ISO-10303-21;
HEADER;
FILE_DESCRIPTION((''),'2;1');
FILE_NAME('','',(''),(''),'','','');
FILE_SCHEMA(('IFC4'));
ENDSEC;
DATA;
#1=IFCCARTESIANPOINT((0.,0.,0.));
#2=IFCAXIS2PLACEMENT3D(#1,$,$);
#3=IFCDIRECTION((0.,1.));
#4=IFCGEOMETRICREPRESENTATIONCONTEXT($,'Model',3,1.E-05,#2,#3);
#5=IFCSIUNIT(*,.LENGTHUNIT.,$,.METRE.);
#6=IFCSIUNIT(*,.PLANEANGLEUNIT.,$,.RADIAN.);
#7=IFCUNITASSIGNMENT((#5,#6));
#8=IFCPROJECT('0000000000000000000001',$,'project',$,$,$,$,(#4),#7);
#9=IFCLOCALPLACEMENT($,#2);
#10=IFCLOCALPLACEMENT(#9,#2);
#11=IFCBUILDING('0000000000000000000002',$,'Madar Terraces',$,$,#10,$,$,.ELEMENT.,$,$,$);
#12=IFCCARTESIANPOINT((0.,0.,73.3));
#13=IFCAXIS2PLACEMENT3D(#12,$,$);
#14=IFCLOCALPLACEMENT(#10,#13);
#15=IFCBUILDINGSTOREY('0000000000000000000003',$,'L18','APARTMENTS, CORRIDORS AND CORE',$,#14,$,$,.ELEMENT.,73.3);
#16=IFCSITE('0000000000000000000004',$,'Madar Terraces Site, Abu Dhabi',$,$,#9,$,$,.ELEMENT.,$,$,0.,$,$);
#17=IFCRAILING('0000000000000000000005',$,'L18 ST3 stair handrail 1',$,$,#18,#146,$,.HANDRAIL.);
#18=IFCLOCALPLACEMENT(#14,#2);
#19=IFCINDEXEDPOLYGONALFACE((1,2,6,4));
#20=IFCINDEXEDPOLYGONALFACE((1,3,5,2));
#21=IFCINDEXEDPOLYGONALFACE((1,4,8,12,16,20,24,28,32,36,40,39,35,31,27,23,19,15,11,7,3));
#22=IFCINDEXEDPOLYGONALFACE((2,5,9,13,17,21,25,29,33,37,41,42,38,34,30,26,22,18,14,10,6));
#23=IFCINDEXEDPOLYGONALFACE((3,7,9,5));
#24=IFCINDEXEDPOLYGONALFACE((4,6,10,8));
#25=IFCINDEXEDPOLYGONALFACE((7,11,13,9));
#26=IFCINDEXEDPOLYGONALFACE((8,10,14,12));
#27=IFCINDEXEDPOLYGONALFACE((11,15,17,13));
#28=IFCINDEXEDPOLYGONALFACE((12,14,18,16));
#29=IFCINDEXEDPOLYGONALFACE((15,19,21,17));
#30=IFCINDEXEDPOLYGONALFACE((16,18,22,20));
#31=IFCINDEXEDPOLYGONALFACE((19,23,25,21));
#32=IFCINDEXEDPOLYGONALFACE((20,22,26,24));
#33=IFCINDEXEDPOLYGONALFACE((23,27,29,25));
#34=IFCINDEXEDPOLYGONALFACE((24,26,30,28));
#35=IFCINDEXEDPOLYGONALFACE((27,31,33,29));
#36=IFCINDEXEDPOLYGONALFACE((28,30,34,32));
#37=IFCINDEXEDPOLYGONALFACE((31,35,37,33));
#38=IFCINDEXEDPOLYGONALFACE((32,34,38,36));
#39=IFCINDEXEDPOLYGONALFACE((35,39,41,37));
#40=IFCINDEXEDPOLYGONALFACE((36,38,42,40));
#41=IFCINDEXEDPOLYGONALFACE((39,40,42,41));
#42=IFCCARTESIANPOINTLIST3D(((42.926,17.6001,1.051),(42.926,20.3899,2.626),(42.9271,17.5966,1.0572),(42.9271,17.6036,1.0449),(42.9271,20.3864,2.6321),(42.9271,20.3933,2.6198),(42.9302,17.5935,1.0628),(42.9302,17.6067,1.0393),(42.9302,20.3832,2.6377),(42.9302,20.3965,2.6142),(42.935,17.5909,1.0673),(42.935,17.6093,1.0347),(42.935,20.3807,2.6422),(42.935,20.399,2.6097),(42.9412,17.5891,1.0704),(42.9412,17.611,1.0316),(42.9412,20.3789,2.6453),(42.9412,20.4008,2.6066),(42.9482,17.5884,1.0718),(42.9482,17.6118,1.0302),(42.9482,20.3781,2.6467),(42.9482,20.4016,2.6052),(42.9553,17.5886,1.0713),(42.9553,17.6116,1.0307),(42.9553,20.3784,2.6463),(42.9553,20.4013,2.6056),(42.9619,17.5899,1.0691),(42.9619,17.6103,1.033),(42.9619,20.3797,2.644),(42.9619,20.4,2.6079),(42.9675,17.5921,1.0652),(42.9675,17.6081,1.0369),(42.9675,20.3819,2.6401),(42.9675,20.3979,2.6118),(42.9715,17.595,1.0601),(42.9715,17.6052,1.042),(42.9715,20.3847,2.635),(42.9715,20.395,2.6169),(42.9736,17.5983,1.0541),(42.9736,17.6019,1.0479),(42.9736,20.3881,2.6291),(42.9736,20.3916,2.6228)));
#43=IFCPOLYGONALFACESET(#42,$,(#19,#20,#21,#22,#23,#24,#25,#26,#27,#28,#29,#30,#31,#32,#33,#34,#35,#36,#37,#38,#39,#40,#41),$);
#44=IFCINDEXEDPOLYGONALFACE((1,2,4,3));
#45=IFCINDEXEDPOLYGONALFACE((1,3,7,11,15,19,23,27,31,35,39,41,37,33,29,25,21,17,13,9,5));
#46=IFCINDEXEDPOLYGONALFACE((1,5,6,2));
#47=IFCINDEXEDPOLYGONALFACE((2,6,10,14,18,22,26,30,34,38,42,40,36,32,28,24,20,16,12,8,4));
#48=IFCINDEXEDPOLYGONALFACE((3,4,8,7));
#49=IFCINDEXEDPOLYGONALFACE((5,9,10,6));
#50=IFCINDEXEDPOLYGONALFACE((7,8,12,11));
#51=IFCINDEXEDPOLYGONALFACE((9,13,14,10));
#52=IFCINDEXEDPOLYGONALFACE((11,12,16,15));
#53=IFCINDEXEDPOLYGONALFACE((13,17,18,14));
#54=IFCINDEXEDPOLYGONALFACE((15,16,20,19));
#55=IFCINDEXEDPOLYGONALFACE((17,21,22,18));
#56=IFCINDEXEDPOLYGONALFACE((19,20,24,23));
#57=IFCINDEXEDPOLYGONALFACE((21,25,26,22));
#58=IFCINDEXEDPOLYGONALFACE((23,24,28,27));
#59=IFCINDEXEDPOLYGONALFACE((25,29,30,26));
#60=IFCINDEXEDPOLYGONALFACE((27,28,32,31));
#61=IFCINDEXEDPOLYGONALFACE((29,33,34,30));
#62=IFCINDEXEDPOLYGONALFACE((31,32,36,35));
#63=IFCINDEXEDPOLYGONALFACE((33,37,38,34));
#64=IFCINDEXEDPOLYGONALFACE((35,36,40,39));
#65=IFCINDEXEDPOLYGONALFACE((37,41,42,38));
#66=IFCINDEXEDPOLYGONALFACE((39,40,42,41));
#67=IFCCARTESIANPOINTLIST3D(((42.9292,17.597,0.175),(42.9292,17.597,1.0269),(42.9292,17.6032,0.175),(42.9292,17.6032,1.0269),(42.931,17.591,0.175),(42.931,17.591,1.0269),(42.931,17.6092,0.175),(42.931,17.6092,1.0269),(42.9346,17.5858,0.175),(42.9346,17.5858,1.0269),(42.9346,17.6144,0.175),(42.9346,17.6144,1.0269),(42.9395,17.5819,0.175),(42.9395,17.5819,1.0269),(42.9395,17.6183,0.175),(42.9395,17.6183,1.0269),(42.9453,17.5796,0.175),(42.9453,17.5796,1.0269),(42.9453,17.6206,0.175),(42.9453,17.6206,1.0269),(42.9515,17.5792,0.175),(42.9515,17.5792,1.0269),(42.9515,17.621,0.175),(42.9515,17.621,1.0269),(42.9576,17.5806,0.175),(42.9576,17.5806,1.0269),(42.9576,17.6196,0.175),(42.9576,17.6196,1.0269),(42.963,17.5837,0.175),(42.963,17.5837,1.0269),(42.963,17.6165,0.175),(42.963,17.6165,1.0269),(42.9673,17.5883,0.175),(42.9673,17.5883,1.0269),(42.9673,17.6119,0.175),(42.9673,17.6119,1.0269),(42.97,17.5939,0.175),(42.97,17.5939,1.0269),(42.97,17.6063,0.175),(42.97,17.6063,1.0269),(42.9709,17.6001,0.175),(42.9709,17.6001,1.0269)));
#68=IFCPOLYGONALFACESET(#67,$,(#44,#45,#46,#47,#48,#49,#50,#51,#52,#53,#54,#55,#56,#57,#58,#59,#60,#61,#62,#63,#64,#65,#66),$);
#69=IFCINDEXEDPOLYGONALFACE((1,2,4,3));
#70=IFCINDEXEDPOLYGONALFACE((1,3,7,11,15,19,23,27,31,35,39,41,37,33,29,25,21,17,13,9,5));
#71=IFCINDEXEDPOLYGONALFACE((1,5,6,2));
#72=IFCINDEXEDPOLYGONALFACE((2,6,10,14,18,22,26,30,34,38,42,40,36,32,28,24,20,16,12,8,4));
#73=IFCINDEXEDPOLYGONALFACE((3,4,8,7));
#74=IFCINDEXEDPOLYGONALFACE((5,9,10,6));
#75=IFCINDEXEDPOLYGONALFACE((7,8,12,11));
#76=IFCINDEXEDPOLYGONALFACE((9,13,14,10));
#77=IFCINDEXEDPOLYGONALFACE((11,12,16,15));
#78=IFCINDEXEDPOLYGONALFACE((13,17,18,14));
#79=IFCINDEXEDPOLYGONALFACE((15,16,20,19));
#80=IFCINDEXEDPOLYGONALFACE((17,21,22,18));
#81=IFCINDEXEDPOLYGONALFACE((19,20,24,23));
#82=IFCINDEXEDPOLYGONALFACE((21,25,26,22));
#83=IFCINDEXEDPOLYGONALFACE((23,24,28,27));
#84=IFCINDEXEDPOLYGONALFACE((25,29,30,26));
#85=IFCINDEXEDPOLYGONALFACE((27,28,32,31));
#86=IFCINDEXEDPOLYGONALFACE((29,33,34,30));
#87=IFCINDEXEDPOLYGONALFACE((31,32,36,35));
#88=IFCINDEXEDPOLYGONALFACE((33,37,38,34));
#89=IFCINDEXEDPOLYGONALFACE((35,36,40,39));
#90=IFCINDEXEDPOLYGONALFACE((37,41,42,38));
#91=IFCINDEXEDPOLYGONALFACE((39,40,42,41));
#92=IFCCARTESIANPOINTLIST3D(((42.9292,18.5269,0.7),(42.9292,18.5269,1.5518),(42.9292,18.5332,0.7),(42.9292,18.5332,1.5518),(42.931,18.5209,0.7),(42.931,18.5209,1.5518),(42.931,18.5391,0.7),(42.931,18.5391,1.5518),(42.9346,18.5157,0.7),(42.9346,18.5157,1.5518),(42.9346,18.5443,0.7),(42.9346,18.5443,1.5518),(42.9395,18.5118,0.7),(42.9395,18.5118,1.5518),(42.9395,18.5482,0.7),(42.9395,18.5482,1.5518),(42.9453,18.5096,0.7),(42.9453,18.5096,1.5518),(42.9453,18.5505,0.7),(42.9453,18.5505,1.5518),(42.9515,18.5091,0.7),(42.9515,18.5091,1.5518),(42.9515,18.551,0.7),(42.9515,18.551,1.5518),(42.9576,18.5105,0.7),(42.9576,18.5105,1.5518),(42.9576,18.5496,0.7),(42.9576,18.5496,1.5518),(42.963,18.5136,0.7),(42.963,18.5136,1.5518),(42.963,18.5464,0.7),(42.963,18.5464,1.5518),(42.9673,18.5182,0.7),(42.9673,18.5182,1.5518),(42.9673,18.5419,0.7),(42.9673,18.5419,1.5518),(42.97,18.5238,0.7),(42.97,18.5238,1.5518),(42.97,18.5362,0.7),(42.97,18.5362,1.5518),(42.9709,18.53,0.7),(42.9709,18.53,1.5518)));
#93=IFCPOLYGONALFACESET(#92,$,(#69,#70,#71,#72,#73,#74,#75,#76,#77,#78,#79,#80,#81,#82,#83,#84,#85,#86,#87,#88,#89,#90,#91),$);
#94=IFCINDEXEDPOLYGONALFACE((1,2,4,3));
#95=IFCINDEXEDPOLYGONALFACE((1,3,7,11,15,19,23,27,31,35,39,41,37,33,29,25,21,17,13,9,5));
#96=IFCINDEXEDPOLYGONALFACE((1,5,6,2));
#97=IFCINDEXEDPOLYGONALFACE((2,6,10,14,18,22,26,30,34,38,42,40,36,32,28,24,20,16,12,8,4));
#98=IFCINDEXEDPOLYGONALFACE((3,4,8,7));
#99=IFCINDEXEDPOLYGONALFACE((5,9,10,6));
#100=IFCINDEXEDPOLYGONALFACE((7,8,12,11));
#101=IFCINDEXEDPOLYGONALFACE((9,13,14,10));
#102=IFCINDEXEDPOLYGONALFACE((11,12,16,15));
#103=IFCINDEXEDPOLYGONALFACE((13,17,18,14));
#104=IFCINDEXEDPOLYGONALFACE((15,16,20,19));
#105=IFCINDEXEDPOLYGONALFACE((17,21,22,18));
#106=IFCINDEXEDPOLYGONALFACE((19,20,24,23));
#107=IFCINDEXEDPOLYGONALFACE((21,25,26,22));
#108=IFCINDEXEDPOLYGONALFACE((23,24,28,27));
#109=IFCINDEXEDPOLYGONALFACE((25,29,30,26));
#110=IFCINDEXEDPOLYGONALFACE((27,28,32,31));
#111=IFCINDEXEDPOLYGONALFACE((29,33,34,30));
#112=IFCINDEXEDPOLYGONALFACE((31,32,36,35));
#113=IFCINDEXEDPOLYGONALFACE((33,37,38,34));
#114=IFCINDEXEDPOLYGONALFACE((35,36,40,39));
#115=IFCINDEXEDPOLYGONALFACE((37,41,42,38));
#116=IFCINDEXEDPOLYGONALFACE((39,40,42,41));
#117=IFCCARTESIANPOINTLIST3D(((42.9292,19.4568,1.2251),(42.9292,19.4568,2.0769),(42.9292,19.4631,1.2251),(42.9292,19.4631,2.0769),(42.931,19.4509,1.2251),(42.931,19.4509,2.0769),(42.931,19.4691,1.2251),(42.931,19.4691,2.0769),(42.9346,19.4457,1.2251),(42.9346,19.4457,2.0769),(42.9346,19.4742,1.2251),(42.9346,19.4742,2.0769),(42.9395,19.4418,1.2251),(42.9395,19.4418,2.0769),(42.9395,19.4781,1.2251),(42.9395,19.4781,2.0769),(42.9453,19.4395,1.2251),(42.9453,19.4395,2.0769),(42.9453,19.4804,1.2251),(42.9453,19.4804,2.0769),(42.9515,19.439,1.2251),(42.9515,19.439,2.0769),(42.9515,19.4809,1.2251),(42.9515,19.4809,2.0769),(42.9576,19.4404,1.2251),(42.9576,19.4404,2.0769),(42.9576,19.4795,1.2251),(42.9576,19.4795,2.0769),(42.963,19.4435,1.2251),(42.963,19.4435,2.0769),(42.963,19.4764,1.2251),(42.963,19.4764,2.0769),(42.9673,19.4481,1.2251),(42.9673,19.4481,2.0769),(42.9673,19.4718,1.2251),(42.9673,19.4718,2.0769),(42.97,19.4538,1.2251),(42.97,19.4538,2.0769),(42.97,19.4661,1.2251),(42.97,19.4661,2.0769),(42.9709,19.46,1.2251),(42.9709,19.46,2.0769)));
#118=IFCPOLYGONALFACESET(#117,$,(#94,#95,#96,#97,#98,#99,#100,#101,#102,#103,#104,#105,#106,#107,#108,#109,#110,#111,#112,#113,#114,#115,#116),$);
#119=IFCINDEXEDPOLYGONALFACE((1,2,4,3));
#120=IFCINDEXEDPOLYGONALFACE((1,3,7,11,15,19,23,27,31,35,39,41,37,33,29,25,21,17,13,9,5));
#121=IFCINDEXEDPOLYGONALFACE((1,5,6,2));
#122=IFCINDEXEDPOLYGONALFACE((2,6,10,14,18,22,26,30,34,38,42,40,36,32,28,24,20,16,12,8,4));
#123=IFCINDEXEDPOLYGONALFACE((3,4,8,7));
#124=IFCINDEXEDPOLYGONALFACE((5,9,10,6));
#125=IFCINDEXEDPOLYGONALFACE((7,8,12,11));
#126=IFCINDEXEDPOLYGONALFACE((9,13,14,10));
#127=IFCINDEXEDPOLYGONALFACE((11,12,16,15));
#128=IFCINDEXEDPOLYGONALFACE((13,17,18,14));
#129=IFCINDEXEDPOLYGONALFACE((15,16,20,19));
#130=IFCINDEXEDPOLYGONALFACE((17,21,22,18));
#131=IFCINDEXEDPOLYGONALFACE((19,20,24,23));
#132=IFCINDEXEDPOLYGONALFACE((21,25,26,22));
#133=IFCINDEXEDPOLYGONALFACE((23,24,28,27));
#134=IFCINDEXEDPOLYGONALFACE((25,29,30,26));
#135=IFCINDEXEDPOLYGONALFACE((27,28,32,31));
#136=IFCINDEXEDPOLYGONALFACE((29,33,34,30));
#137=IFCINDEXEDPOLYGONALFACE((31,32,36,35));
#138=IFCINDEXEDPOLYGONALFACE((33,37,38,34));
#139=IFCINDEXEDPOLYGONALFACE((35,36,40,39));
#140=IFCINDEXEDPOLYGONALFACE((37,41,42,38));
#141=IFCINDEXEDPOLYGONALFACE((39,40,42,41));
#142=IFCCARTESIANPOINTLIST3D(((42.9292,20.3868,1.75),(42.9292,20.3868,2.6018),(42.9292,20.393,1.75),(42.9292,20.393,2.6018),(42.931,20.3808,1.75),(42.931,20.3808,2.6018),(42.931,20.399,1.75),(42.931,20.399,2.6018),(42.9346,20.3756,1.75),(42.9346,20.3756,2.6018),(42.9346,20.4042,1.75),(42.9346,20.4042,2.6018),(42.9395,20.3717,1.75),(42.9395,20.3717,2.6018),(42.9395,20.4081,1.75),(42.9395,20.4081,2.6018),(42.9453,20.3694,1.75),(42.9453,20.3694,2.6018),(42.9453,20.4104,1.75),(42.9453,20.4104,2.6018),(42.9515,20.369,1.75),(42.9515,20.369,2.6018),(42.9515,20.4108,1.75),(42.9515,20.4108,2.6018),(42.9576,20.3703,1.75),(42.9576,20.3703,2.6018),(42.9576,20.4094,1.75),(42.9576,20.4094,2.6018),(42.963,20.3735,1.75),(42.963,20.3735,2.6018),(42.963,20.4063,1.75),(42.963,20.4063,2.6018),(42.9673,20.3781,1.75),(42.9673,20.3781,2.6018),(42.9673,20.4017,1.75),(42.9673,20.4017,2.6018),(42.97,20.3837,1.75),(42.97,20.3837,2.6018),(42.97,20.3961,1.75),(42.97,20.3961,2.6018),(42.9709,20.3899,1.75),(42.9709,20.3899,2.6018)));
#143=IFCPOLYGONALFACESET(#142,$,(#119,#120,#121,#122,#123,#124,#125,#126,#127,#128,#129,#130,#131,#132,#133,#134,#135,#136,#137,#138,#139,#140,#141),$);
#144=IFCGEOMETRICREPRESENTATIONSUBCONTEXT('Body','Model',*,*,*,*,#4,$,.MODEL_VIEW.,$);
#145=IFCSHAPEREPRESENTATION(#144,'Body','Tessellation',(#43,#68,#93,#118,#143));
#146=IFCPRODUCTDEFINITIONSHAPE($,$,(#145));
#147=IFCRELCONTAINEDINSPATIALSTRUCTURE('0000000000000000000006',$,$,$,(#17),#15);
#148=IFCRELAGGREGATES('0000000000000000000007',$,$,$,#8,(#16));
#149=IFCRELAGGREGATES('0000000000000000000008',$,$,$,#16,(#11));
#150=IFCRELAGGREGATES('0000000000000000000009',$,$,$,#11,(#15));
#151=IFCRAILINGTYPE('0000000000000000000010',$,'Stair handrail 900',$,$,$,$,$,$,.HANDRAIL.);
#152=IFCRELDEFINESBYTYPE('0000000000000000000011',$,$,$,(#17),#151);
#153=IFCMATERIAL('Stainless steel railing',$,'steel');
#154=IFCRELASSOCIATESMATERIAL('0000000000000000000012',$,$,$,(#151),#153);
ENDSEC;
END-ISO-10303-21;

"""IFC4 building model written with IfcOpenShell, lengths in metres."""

from ifc_helpers import new_model, si_unit, direction, frame, origin, origin_2d, place, context, subcontext, project, spatial, circle, extrude, material, type_object, element, save


model = new_model("IFC4")

# Units and contexts
model_context = context("Model", 3, precision=1e-05, world=origin(), true_north=direction((0.0, 1.0)))
body_context = subcontext(model_context, "Body", "Model", "MODEL_VIEW")
ifc_project = project(units=[si_unit("LENGTHUNIT", "METRE"), si_unit("PLANEANGLEUNIT", "RADIAN")], contexts=[model_context])

# Site, building, storey
site_placement = place(None, origin())
site = spatial("IfcSite", under=ifc_project, at=site_placement, Name="Madar Terraces Site, Abu Dhabi", CompositionType="ELEMENT", RefElevation=0.0)
building_placement = place(site_placement, origin())
building = spatial("IfcBuilding", under=site, at=building_placement, Name="Madar Terraces", CompositionType="ELEMENT")
storey_placement = place(building_placement, frame((0.0, 0.0, 73.3)))
storey = spatial("IfcBuildingStorey", under=building, at=storey_placement, Name="L18", Description="APARTMENTS, CORRIDORS AND CORE", CompositionType="ELEMENT", Elevation=73.3)

# Railing
ifc_material_1 = material(Name="Stainless steel railing", Category="steel")
railing_type_1 = type_object("IfcRailingType", Name="Stair handrail 900", PredefinedType="HANDRAIL", material=ifc_material_1)
railing_1_placement = place(storey_placement, frame((42.95, 17.6001, 0.175)))
element("IfcRailing", 1, at=railing_1_placement, inside=storey, type_object=railing_type_1, Name="L18 ST3 stair handrail 1", PredefinedType="HANDRAIL", context=body_context, shape_type="SweptSolid", body=[
    extrude(circle(Radius=0.0239, at=origin_2d()), frame((0.0, 0.0, 0.876), z_axis=(0.0, 0.870815, 0.49161), x_axis=(-1.0, 0.0, 0.0)), (0.0, 0.0, 1.0), 3.2036),
    extrude(circle(Radius=0.021, at=origin_2d()), origin(), (0.0, 0.0, 1.0), 0.8518),
    extrude(circle(Radius=0.021, at=origin_2d()), frame((0.0, 0.9299, 0.5249)), (0.0, 0.0, 1.0), 0.8518),
    extrude(circle(Radius=0.021, at=origin_2d()), frame((0.0, 1.8599, 1.05)), (0.0, 0.0, 1.0), 0.8518),
    extrude(circle(Radius=0.021, at=origin_2d()), frame((0.0, 2.7898, 1.575)), (0.0, 0.0, 1.0), 0.8518),
])

save(model, "model.ifc")
